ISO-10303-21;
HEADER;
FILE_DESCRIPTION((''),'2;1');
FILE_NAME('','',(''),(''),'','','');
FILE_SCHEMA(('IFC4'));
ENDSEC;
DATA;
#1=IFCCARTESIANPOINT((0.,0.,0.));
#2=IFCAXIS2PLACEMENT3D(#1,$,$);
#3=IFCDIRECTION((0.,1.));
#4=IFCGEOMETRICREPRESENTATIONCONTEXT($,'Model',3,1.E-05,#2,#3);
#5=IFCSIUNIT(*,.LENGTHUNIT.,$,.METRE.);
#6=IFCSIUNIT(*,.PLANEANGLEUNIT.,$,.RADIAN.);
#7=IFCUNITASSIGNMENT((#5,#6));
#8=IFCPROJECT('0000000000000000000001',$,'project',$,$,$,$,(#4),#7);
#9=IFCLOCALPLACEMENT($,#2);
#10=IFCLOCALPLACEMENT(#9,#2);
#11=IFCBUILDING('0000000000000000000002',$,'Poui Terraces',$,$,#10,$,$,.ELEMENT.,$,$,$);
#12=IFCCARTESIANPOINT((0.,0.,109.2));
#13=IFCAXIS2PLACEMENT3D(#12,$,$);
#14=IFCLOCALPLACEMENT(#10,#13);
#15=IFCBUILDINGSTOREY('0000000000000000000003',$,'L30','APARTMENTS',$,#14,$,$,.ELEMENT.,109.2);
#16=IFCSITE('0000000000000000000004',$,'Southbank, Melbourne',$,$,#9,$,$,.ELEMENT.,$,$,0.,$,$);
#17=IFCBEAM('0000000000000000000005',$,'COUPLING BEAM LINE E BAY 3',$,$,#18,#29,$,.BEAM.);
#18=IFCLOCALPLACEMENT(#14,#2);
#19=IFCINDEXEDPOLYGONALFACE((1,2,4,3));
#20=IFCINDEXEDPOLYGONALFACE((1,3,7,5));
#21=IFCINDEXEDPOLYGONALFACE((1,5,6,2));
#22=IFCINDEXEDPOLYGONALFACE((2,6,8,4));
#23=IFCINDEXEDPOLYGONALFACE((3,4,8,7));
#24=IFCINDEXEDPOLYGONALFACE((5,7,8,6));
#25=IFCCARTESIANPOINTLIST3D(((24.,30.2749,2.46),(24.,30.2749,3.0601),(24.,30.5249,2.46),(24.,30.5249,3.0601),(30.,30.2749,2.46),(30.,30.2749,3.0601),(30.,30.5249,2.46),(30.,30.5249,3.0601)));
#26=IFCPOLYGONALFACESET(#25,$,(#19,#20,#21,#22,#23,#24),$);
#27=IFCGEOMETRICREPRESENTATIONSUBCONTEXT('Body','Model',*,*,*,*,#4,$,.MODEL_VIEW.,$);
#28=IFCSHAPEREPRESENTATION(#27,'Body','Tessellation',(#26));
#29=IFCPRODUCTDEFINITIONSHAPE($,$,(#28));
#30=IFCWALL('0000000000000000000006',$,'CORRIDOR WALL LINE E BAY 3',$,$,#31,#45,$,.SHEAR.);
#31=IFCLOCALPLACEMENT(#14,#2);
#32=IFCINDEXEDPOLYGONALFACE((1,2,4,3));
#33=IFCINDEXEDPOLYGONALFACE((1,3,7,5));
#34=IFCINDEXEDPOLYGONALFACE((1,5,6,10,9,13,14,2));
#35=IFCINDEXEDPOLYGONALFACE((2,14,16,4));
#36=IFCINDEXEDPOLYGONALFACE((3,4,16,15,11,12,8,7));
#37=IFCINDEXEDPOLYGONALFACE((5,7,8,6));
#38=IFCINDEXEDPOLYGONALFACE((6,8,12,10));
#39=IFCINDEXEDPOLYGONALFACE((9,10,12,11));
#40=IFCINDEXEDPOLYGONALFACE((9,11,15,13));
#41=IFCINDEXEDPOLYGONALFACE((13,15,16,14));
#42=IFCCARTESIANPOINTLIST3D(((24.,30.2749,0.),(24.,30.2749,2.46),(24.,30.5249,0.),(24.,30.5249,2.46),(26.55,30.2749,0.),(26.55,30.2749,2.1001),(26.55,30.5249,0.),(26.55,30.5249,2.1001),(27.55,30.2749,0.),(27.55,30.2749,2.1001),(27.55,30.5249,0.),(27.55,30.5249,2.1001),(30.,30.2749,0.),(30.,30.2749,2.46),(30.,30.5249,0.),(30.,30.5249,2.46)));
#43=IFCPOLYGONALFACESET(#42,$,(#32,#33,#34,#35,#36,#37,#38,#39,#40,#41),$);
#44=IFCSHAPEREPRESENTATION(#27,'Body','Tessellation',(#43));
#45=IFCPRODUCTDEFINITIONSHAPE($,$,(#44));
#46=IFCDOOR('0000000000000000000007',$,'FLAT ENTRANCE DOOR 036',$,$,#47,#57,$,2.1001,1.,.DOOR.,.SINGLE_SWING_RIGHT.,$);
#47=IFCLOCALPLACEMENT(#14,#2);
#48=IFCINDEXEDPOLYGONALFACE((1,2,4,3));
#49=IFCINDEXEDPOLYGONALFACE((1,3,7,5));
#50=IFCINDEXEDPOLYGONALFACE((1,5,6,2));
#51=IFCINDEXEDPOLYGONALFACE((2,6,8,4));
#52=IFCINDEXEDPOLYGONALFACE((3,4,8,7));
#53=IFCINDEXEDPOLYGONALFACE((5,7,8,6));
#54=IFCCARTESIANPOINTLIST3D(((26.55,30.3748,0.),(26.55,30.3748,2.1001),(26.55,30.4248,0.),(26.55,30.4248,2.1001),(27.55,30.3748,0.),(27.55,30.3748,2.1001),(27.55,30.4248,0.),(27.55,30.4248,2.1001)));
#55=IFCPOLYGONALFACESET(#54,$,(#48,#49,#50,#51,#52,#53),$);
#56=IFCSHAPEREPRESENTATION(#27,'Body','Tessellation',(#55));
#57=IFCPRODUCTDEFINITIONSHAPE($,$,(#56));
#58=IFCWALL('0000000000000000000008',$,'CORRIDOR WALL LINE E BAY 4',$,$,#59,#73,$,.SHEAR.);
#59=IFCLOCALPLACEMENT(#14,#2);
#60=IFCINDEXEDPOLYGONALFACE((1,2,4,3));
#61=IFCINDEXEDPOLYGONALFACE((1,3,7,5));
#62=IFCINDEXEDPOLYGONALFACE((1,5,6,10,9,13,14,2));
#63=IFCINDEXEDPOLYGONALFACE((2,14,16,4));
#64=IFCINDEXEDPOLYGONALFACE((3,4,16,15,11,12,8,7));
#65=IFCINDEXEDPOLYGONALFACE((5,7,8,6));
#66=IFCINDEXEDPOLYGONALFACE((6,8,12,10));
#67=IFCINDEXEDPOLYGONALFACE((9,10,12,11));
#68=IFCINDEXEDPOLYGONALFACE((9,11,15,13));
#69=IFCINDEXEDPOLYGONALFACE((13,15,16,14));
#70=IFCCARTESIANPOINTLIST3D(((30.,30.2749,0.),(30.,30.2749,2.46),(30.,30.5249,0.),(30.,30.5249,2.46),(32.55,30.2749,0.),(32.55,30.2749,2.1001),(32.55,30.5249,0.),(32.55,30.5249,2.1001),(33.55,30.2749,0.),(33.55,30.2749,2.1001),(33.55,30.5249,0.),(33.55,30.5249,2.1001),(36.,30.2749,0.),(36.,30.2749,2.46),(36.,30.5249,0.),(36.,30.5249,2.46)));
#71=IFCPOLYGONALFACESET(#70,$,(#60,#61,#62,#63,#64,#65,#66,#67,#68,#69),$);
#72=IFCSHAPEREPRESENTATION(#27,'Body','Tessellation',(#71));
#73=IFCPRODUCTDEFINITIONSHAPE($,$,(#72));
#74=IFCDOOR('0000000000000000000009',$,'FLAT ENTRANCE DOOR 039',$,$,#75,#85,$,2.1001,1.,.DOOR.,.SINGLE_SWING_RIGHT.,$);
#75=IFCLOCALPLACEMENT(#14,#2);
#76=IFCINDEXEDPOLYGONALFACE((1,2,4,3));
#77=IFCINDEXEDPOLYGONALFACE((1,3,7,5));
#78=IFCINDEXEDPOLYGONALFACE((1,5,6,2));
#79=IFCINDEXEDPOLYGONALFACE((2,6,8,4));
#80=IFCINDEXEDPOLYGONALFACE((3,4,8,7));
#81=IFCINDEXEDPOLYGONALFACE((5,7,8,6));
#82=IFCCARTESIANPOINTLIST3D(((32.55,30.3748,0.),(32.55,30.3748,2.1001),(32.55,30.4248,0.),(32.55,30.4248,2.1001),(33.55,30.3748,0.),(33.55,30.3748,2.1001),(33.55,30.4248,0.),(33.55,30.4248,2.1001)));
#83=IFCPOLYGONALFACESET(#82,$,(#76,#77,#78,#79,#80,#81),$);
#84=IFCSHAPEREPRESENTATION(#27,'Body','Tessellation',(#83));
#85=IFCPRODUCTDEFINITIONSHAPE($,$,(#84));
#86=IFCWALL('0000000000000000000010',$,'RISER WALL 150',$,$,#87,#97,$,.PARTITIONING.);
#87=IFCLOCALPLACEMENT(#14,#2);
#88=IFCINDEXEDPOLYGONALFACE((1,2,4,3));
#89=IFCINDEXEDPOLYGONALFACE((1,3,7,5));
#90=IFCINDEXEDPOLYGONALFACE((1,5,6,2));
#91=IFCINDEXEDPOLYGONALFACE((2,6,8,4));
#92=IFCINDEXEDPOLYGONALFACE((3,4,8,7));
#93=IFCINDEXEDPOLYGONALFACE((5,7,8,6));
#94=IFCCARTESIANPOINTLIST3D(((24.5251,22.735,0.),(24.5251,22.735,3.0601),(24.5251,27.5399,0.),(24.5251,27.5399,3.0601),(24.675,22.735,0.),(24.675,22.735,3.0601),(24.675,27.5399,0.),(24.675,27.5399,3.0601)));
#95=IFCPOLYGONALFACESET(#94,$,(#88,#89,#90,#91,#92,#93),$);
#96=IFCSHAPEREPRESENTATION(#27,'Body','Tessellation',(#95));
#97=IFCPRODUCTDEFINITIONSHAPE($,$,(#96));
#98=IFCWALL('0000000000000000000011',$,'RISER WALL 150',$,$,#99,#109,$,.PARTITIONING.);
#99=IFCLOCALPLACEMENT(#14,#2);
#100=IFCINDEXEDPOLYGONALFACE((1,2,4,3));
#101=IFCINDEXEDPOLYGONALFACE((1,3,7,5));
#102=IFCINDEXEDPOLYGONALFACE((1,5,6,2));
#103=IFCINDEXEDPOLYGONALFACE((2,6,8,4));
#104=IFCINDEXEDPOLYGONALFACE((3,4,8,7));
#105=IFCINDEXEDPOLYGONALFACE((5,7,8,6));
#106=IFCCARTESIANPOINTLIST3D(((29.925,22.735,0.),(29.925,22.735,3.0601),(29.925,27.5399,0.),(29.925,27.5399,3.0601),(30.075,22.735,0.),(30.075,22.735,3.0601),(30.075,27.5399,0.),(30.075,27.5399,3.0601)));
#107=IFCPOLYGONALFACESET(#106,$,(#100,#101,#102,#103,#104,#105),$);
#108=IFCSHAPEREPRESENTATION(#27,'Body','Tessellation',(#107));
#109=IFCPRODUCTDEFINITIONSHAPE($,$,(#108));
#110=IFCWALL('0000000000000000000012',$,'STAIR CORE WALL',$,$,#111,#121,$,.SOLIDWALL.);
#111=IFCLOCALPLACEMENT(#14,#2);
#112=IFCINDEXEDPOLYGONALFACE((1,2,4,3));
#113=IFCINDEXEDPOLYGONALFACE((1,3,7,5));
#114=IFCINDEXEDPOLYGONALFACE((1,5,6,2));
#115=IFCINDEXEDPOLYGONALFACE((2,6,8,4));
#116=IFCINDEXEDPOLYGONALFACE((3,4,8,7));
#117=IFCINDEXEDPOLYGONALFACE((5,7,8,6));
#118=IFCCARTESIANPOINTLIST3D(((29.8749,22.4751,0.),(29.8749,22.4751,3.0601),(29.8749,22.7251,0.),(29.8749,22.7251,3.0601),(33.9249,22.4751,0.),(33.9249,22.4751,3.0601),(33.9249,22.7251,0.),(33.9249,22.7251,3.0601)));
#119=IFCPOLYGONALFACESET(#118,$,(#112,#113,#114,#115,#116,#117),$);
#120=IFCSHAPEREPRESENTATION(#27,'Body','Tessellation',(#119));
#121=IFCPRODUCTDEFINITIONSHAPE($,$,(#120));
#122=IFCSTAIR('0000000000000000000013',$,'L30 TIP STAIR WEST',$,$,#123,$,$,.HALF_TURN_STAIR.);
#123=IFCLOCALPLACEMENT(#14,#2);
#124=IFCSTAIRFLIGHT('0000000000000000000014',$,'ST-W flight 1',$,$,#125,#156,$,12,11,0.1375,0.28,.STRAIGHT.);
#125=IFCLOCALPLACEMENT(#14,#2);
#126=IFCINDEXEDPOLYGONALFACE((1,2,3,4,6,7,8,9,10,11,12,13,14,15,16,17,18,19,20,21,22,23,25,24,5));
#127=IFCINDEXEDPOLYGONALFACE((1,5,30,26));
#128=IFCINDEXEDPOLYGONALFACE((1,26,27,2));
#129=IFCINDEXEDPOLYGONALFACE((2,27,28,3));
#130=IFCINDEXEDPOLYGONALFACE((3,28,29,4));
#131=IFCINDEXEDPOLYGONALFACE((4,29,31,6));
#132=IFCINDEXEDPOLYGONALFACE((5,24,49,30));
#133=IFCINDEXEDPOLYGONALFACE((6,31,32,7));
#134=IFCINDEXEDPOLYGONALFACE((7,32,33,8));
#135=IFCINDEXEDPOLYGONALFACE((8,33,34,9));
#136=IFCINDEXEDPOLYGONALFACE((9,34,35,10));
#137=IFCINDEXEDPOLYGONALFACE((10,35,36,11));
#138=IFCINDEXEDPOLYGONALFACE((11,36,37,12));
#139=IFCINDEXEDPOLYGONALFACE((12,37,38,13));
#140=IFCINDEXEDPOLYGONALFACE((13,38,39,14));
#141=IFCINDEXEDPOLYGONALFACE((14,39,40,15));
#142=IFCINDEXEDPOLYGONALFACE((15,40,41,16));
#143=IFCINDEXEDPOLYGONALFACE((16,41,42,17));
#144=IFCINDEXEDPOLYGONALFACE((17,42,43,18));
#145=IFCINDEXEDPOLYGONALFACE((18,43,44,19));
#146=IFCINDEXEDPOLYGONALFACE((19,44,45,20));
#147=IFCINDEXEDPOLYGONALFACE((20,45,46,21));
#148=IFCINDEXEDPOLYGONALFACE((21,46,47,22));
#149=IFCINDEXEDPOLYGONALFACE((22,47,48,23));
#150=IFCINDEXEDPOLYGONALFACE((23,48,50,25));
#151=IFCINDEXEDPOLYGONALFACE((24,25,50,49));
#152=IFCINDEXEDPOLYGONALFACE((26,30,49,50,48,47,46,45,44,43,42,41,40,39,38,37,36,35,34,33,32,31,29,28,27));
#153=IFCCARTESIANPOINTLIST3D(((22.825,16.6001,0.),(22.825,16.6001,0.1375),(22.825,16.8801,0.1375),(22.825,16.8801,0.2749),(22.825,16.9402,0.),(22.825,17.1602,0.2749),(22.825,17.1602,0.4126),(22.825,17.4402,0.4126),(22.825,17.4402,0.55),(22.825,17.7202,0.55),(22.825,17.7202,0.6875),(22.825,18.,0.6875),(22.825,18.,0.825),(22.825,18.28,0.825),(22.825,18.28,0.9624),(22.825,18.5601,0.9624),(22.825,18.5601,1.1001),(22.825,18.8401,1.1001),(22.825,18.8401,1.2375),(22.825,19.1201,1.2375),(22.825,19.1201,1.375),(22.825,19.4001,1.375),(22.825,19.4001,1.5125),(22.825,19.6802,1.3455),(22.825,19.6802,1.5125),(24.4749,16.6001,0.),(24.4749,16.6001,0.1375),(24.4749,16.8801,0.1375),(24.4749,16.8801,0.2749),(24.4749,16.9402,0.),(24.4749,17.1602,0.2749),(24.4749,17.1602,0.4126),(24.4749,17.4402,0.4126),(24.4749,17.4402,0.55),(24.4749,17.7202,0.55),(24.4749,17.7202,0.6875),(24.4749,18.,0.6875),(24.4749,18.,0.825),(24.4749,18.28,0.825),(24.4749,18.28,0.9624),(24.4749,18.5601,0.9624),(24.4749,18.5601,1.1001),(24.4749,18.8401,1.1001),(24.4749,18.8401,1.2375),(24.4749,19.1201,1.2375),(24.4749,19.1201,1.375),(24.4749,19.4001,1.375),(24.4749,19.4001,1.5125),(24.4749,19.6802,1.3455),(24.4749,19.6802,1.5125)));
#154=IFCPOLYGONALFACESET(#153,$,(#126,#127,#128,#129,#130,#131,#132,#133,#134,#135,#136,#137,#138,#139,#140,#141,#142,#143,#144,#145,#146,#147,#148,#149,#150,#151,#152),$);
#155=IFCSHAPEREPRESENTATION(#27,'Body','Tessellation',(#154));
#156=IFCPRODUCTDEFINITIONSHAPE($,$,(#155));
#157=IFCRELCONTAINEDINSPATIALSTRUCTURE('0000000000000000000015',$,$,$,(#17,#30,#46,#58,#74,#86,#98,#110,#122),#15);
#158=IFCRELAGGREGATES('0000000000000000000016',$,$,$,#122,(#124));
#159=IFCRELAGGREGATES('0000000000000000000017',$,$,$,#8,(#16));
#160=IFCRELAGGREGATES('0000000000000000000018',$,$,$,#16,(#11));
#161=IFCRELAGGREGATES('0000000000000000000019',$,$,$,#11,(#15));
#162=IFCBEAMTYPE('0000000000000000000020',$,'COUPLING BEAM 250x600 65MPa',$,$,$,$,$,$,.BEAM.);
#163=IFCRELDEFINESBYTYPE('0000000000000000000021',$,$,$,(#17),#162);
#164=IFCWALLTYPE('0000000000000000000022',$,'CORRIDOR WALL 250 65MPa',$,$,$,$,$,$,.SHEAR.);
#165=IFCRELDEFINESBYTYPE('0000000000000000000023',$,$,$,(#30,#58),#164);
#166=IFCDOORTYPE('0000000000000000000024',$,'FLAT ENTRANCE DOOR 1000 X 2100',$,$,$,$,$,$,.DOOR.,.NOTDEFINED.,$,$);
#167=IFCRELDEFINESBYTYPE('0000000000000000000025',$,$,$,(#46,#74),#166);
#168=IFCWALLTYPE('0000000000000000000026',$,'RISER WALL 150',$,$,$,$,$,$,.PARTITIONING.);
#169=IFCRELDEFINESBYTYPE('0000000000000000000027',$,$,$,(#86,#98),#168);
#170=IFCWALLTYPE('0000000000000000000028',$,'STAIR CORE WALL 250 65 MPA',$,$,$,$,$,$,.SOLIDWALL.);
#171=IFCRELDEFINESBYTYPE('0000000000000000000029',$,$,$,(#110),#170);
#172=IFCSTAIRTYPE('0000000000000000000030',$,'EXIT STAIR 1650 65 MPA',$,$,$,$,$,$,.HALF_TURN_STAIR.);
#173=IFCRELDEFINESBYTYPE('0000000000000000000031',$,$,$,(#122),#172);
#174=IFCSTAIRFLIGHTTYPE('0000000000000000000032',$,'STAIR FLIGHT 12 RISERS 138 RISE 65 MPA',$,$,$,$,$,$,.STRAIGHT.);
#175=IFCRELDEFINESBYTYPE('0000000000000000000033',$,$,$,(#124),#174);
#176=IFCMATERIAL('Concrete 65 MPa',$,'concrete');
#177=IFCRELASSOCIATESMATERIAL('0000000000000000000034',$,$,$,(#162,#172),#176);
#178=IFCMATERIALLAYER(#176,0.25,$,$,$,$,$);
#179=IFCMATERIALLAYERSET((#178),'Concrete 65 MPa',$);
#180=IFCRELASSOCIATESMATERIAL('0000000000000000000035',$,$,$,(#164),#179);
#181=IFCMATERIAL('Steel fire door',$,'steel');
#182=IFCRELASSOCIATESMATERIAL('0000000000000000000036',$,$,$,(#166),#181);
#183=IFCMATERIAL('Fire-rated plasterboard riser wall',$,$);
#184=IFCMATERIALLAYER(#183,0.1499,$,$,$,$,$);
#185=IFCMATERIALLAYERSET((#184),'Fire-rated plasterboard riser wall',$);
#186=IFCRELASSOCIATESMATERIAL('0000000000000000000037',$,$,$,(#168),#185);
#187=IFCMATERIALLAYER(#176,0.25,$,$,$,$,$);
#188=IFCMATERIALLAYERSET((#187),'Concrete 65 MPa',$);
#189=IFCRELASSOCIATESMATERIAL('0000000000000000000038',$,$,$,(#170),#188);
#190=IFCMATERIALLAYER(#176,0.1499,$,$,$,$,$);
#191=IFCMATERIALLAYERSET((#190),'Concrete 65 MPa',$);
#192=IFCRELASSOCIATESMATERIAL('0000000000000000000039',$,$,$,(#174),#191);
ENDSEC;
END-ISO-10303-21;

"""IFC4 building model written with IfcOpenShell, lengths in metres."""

from ifc_helpers import new_model, si_unit, direction, frame, frame_2d, origin, origin_2d, place, context, subcontext, project, spatial, polyline, rectangle, outline, extrude, source, transform, mapped, material, layer, layer_set, material_profile, profile_set, type_object, element, fill, aggregate, save


model = new_model("IFC4")

# Units and contexts
model_context = context("Model", 3, precision=1e-05, world=origin(), true_north=direction((0.0, 1.0)))
body_context = subcontext(model_context, "Body", "Model", "MODEL_VIEW")
ifc_project = project(units=[si_unit("LENGTHUNIT", "METRE"), si_unit("PLANEANGLEUNIT", "RADIAN")], contexts=[model_context])

# Site, building, storey
site_placement = place(None, origin())
site = spatial("IfcSite", under=ifc_project, at=site_placement, Name="Southbank, Melbourne", CompositionType="ELEMENT", RefElevation=0.0)
building_placement = place(site_placement, origin())
building = spatial("IfcBuilding", under=site, at=building_placement, Name="Poui Terraces", CompositionType="ELEMENT")
storey_placement = place(building_placement, frame((0.0, 0.0, 109.2)))
storey = spatial("IfcBuildingStorey", under=building, at=storey_placement, Name="L30", Description="APARTMENTS", CompositionType="ELEMENT", Elevation=109.2)

# Beam
ifc_material_1 = material(Name="Concrete 65 MPa", Category="concrete")
ifc_material_profile = material_profile(ifc_material_1, rectangle(XDim=0.25, YDim=0.6001, at=origin_2d()), Name="RC 250x600")
ifc_profile_set = profile_set([ifc_material_profile], Name="Concrete 65 MPa")
beam_type = type_object("IfcBeamType", Name="COUPLING BEAM 250x600 65MPa", PredefinedType="BEAM", material=ifc_profile_set)
shared_shape = source(origin(), body_context, "Body", "SweptSolid", [
    extrude(rectangle(XDim=0.25, YDim=0.6001, at=origin_2d()), origin(), (0.0, 0.0, 1.0), 6.0),
])
beam_placement = place(storey_placement, frame((24.0, 30.3999, 2.76), z_axis=(1.0, 0.0, 0.0), x_axis=(0.0, 1.0, 0.0)))
element("IfcBeam", 1, at=beam_placement, inside=storey, type_object=beam_type, Name="COUPLING BEAM LINE E BAY 3", PredefinedType="BEAM", context=body_context, shape_type="MappedRepresentation", body=[
    mapped(shared_shape, transform((0.0, 0.0, 0.0))),
])

# Walls, openings, doors
ifc_layer_1 = layer(ifc_material_1, 0.25)
ifc_layer_set_1 = layer_set([ifc_layer_1], Name="Concrete 65 MPa")
wall_type_1 = type_object("IfcWallType", Name="CORRIDOR WALL 250 65MPa", PredefinedType="SHEAR", material=ifc_layer_set_1)
wall_1_placement = place(storey_placement, frame((24.0, 30.3999, 0.0), z_axis=(0.0, 0.0, 1.0), x_axis=(1.0, 0.0, 0.0)))
wall_1 = element("IfcWall", 2, at=wall_1_placement, inside=storey, type_object=wall_type_1, Name="CORRIDOR WALL LINE E BAY 3", PredefinedType="SHEAR", context=body_context, shape_type="SweptSolid", body=[
    extrude(rectangle(XDim=6.0, YDim=0.25, at=frame_2d((3.0, 0.0))), origin(), (0.0, 0.0, 1.0), 2.46),
])
opening_1_placement = place(wall_1_placement, frame((2.55, 0.0, 0.0)))
opening_1 = element("IfcOpeningElement", 3, at=opening_1_placement, cuts=wall_1, PredefinedType="OPENING", context=body_context, shape_type="SweptSolid", body=[
    extrude(rectangle(XDim=1.0, YDim=2.1001, at=frame_2d((0.5, 1.05))), frame((0.0, 0.135, 0.0), z_axis=(0.0, -1.0, 0.0), x_axis=(1.0, 0.0, 0.0)), (0.0, 0.0, 1.0), 0.27),
])
ifc_material_2 = material(Name="Steel fire door", Category="steel")
door_type = type_object("IfcDoorType", Name="FLAT ENTRANCE DOOR 1000 X 2100", OperationType="NOTDEFINED", PredefinedType="DOOR", material=ifc_material_2)
door_1_placement = place(opening_1_placement, origin())
door_1 = element("IfcDoor", 4, at=door_1_placement, inside=storey, type_object=door_type, Name="FLAT ENTRANCE DOOR 036", OperationType="SINGLE_SWING_RIGHT", OverallHeight=2.1001, OverallWidth=1.0, PredefinedType="DOOR", context=body_context, shape_type="SweptSolid", body=[
    extrude(rectangle(XDim=1.0, YDim=2.1001, at=frame_2d((0.5, 1.05))), frame((0.0, 0.0249, 0.0), z_axis=(0.0, -1.0, 0.0), x_axis=(1.0, 0.0, 0.0)), (0.0, 0.0, 1.0), 0.05),
])
fill(opening_1, door_1)
wall_2_placement = place(storey_placement, frame((30.0, 30.3999, 0.0), z_axis=(0.0, 0.0, 1.0), x_axis=(1.0, 0.0, 0.0)))
wall_2 = element("IfcWall", 5, at=wall_2_placement, inside=storey, type_object=wall_type_1, Name="CORRIDOR WALL LINE E BAY 4", PredefinedType="SHEAR", context=body_context, shape_type="SweptSolid", body=[
    extrude(rectangle(XDim=6.0, YDim=0.25, at=frame_2d((3.0, 0.0))), origin(), (0.0, 0.0, 1.0), 2.46),
])
opening_2_placement = place(wall_2_placement, frame((2.55, 0.0, 0.0)))
opening_2 = element("IfcOpeningElement", 6, at=opening_2_placement, cuts=wall_2, PredefinedType="OPENING", context=body_context, shape_type="SweptSolid", body=[
    extrude(rectangle(XDim=1.0, YDim=2.1001, at=frame_2d((0.5, 1.05))), frame((0.0, 0.135, 0.0), z_axis=(0.0, -1.0, 0.0), x_axis=(1.0, 0.0, 0.0)), (0.0, 0.0, 1.0), 0.27),
])
door_2_placement = place(opening_2_placement, origin())
door_2 = element("IfcDoor", 7, at=door_2_placement, inside=storey, type_object=door_type, Name="FLAT ENTRANCE DOOR 039", OperationType="SINGLE_SWING_RIGHT", OverallHeight=2.1001, OverallWidth=1.0, PredefinedType="DOOR", context=body_context, shape_type="SweptSolid", body=[
    extrude(rectangle(XDim=1.0, YDim=2.1001, at=frame_2d((0.5, 1.05))), frame((0.0, 0.0249, 0.0), z_axis=(0.0, -1.0, 0.0), x_axis=(1.0, 0.0, 0.0)), (0.0, 0.0, 1.0), 0.05),
])
fill(opening_2, door_2)

# Walls
ifc_material_3 = material(Name="Fire-rated plasterboard riser wall")
ifc_layer_2 = layer(ifc_material_3, 0.1499)
ifc_layer_set_2 = layer_set([ifc_layer_2], Name="Fire-rated plasterboard riser wall")
wall_type_2 = type_object("IfcWallType", Name="RISER WALL 150", PredefinedType="PARTITIONING", material=ifc_layer_set_2)
for number, where, z_axis, x_axis, name in (
    (8, (24.6001, 22.7351, 0.0), (0.0, 0.0, 1.0), (0.0, 1.0, 0.0), "RISER WALL 150"),
    (9, (30.0, 22.7351, 0.0), (0.0, 0.0, 1.0), (0.0, 1.0, 0.0), "RISER WALL 150"),
):
    element("IfcWall", number, at=place(storey_placement, frame(where, z_axis=z_axis, x_axis=x_axis)), inside=storey, type_object=wall_type_2, Name=name, PredefinedType="PARTITIONING", context=body_context, shape_type="SweptSolid", body=[
        extrude(rectangle(XDim=4.8049, YDim=0.1499, at=frame_2d((2.4023, 0.0))), origin(), (0.0, 0.0, 1.0), 3.0601),
    ])
ifc_layer_3 = layer(ifc_material_1, 0.25)
ifc_layer_set_3 = layer_set([ifc_layer_3], Name="Concrete 65 MPa")
wall_type_3 = type_object("IfcWallType", Name="STAIR CORE WALL 250 65 MPA", PredefinedType="SOLIDWALL", material=ifc_layer_set_3)
wall_3_placement = place(storey_placement, frame((29.875, 22.6001, 0.0), z_axis=(0.0, 0.0, 1.0), x_axis=(1.0, 0.0, 0.0)))
element("IfcWall", 10, at=wall_3_placement, inside=storey, type_object=wall_type_3, Name="STAIR CORE WALL", PredefinedType="SOLIDWALL", context=body_context, shape_type="SweptSolid", body=[
    extrude(rectangle(XDim=4.05, YDim=0.25, at=frame_2d((2.0249, 0.0))), origin(), (0.0, 0.0, 1.0), 3.0601),
])

# Stair, stair flight
stair_type = type_object("IfcStairType", Name="EXIT STAIR 1650 65 MPA", PredefinedType="HALF_TURN_STAIR", material=ifc_material_1)
stair_placement = place(storey_placement, origin())
stair = element("IfcStair", 11, at=stair_placement, inside=storey, type_object=stair_type, Name="L30 TIP STAIR WEST", PredefinedType="HALF_TURN_STAIR")
ifc_layer_4 = layer(ifc_material_1, 0.1499)
ifc_layer_set_4 = layer_set([ifc_layer_4], Name="Concrete 65 MPa")
stair_flight_type = type_object("IfcStairFlightType", Name="STAIR FLIGHT 12 RISERS 138 RISE 65 MPA", PredefinedType="STRAIGHT", material=ifc_layer_set_4)
stair_flight_placement = place(storey_placement, frame((23.6499, 16.6001, 0.0), z_axis=(0.0, 0.0, 1.0), x_axis=(0.0, 1.0, 0.0)))
stair_flight = element("IfcStairFlight", 12, at=stair_flight_placement, type_object=stair_flight_type, Name="ST-W flight 1", NumberOfRisers=12, NumberOfTreads=11, PredefinedType="STRAIGHT", RiserHeight=0.1375, TreadLength=0.28, context=body_context, shape_type="SweptSolid", body=[
    extrude(outline(polyline([(0.0, 0.0), (0.0, 0.1375), (0.28, 0.1375), (0.28, 0.2749), (0.5601, 0.2749), (0.5601, 0.4126), (0.8401, 0.4126), (0.8401, 0.55), (1.1201, 0.55), (1.1201, 0.6875), (1.3999, 0.6875), (1.3999, 0.825), (1.6799, 0.825), (1.6799, 0.9624), (1.96, 0.9624), (1.96, 1.1001), (2.24, 1.1001), (2.24, 1.2375), (2.52, 1.2375), (2.52, 1.375), (2.8, 1.375), (2.8, 1.5125), (3.0801, 1.5125), (3.0801, 1.6499), (3.0801, 1.3455), (0.3401, 0.0), (0.0, 0.0)])), frame((0.0, 0.825, 0.0), z_axis=(0.0, -1.0, 0.0), x_axis=(1.0, 0.0, 0.0)), (0.0, 0.0, 1.0), 1.6499),
])
aggregate(stair, [stair_flight])

save(model, "model.ifc")
